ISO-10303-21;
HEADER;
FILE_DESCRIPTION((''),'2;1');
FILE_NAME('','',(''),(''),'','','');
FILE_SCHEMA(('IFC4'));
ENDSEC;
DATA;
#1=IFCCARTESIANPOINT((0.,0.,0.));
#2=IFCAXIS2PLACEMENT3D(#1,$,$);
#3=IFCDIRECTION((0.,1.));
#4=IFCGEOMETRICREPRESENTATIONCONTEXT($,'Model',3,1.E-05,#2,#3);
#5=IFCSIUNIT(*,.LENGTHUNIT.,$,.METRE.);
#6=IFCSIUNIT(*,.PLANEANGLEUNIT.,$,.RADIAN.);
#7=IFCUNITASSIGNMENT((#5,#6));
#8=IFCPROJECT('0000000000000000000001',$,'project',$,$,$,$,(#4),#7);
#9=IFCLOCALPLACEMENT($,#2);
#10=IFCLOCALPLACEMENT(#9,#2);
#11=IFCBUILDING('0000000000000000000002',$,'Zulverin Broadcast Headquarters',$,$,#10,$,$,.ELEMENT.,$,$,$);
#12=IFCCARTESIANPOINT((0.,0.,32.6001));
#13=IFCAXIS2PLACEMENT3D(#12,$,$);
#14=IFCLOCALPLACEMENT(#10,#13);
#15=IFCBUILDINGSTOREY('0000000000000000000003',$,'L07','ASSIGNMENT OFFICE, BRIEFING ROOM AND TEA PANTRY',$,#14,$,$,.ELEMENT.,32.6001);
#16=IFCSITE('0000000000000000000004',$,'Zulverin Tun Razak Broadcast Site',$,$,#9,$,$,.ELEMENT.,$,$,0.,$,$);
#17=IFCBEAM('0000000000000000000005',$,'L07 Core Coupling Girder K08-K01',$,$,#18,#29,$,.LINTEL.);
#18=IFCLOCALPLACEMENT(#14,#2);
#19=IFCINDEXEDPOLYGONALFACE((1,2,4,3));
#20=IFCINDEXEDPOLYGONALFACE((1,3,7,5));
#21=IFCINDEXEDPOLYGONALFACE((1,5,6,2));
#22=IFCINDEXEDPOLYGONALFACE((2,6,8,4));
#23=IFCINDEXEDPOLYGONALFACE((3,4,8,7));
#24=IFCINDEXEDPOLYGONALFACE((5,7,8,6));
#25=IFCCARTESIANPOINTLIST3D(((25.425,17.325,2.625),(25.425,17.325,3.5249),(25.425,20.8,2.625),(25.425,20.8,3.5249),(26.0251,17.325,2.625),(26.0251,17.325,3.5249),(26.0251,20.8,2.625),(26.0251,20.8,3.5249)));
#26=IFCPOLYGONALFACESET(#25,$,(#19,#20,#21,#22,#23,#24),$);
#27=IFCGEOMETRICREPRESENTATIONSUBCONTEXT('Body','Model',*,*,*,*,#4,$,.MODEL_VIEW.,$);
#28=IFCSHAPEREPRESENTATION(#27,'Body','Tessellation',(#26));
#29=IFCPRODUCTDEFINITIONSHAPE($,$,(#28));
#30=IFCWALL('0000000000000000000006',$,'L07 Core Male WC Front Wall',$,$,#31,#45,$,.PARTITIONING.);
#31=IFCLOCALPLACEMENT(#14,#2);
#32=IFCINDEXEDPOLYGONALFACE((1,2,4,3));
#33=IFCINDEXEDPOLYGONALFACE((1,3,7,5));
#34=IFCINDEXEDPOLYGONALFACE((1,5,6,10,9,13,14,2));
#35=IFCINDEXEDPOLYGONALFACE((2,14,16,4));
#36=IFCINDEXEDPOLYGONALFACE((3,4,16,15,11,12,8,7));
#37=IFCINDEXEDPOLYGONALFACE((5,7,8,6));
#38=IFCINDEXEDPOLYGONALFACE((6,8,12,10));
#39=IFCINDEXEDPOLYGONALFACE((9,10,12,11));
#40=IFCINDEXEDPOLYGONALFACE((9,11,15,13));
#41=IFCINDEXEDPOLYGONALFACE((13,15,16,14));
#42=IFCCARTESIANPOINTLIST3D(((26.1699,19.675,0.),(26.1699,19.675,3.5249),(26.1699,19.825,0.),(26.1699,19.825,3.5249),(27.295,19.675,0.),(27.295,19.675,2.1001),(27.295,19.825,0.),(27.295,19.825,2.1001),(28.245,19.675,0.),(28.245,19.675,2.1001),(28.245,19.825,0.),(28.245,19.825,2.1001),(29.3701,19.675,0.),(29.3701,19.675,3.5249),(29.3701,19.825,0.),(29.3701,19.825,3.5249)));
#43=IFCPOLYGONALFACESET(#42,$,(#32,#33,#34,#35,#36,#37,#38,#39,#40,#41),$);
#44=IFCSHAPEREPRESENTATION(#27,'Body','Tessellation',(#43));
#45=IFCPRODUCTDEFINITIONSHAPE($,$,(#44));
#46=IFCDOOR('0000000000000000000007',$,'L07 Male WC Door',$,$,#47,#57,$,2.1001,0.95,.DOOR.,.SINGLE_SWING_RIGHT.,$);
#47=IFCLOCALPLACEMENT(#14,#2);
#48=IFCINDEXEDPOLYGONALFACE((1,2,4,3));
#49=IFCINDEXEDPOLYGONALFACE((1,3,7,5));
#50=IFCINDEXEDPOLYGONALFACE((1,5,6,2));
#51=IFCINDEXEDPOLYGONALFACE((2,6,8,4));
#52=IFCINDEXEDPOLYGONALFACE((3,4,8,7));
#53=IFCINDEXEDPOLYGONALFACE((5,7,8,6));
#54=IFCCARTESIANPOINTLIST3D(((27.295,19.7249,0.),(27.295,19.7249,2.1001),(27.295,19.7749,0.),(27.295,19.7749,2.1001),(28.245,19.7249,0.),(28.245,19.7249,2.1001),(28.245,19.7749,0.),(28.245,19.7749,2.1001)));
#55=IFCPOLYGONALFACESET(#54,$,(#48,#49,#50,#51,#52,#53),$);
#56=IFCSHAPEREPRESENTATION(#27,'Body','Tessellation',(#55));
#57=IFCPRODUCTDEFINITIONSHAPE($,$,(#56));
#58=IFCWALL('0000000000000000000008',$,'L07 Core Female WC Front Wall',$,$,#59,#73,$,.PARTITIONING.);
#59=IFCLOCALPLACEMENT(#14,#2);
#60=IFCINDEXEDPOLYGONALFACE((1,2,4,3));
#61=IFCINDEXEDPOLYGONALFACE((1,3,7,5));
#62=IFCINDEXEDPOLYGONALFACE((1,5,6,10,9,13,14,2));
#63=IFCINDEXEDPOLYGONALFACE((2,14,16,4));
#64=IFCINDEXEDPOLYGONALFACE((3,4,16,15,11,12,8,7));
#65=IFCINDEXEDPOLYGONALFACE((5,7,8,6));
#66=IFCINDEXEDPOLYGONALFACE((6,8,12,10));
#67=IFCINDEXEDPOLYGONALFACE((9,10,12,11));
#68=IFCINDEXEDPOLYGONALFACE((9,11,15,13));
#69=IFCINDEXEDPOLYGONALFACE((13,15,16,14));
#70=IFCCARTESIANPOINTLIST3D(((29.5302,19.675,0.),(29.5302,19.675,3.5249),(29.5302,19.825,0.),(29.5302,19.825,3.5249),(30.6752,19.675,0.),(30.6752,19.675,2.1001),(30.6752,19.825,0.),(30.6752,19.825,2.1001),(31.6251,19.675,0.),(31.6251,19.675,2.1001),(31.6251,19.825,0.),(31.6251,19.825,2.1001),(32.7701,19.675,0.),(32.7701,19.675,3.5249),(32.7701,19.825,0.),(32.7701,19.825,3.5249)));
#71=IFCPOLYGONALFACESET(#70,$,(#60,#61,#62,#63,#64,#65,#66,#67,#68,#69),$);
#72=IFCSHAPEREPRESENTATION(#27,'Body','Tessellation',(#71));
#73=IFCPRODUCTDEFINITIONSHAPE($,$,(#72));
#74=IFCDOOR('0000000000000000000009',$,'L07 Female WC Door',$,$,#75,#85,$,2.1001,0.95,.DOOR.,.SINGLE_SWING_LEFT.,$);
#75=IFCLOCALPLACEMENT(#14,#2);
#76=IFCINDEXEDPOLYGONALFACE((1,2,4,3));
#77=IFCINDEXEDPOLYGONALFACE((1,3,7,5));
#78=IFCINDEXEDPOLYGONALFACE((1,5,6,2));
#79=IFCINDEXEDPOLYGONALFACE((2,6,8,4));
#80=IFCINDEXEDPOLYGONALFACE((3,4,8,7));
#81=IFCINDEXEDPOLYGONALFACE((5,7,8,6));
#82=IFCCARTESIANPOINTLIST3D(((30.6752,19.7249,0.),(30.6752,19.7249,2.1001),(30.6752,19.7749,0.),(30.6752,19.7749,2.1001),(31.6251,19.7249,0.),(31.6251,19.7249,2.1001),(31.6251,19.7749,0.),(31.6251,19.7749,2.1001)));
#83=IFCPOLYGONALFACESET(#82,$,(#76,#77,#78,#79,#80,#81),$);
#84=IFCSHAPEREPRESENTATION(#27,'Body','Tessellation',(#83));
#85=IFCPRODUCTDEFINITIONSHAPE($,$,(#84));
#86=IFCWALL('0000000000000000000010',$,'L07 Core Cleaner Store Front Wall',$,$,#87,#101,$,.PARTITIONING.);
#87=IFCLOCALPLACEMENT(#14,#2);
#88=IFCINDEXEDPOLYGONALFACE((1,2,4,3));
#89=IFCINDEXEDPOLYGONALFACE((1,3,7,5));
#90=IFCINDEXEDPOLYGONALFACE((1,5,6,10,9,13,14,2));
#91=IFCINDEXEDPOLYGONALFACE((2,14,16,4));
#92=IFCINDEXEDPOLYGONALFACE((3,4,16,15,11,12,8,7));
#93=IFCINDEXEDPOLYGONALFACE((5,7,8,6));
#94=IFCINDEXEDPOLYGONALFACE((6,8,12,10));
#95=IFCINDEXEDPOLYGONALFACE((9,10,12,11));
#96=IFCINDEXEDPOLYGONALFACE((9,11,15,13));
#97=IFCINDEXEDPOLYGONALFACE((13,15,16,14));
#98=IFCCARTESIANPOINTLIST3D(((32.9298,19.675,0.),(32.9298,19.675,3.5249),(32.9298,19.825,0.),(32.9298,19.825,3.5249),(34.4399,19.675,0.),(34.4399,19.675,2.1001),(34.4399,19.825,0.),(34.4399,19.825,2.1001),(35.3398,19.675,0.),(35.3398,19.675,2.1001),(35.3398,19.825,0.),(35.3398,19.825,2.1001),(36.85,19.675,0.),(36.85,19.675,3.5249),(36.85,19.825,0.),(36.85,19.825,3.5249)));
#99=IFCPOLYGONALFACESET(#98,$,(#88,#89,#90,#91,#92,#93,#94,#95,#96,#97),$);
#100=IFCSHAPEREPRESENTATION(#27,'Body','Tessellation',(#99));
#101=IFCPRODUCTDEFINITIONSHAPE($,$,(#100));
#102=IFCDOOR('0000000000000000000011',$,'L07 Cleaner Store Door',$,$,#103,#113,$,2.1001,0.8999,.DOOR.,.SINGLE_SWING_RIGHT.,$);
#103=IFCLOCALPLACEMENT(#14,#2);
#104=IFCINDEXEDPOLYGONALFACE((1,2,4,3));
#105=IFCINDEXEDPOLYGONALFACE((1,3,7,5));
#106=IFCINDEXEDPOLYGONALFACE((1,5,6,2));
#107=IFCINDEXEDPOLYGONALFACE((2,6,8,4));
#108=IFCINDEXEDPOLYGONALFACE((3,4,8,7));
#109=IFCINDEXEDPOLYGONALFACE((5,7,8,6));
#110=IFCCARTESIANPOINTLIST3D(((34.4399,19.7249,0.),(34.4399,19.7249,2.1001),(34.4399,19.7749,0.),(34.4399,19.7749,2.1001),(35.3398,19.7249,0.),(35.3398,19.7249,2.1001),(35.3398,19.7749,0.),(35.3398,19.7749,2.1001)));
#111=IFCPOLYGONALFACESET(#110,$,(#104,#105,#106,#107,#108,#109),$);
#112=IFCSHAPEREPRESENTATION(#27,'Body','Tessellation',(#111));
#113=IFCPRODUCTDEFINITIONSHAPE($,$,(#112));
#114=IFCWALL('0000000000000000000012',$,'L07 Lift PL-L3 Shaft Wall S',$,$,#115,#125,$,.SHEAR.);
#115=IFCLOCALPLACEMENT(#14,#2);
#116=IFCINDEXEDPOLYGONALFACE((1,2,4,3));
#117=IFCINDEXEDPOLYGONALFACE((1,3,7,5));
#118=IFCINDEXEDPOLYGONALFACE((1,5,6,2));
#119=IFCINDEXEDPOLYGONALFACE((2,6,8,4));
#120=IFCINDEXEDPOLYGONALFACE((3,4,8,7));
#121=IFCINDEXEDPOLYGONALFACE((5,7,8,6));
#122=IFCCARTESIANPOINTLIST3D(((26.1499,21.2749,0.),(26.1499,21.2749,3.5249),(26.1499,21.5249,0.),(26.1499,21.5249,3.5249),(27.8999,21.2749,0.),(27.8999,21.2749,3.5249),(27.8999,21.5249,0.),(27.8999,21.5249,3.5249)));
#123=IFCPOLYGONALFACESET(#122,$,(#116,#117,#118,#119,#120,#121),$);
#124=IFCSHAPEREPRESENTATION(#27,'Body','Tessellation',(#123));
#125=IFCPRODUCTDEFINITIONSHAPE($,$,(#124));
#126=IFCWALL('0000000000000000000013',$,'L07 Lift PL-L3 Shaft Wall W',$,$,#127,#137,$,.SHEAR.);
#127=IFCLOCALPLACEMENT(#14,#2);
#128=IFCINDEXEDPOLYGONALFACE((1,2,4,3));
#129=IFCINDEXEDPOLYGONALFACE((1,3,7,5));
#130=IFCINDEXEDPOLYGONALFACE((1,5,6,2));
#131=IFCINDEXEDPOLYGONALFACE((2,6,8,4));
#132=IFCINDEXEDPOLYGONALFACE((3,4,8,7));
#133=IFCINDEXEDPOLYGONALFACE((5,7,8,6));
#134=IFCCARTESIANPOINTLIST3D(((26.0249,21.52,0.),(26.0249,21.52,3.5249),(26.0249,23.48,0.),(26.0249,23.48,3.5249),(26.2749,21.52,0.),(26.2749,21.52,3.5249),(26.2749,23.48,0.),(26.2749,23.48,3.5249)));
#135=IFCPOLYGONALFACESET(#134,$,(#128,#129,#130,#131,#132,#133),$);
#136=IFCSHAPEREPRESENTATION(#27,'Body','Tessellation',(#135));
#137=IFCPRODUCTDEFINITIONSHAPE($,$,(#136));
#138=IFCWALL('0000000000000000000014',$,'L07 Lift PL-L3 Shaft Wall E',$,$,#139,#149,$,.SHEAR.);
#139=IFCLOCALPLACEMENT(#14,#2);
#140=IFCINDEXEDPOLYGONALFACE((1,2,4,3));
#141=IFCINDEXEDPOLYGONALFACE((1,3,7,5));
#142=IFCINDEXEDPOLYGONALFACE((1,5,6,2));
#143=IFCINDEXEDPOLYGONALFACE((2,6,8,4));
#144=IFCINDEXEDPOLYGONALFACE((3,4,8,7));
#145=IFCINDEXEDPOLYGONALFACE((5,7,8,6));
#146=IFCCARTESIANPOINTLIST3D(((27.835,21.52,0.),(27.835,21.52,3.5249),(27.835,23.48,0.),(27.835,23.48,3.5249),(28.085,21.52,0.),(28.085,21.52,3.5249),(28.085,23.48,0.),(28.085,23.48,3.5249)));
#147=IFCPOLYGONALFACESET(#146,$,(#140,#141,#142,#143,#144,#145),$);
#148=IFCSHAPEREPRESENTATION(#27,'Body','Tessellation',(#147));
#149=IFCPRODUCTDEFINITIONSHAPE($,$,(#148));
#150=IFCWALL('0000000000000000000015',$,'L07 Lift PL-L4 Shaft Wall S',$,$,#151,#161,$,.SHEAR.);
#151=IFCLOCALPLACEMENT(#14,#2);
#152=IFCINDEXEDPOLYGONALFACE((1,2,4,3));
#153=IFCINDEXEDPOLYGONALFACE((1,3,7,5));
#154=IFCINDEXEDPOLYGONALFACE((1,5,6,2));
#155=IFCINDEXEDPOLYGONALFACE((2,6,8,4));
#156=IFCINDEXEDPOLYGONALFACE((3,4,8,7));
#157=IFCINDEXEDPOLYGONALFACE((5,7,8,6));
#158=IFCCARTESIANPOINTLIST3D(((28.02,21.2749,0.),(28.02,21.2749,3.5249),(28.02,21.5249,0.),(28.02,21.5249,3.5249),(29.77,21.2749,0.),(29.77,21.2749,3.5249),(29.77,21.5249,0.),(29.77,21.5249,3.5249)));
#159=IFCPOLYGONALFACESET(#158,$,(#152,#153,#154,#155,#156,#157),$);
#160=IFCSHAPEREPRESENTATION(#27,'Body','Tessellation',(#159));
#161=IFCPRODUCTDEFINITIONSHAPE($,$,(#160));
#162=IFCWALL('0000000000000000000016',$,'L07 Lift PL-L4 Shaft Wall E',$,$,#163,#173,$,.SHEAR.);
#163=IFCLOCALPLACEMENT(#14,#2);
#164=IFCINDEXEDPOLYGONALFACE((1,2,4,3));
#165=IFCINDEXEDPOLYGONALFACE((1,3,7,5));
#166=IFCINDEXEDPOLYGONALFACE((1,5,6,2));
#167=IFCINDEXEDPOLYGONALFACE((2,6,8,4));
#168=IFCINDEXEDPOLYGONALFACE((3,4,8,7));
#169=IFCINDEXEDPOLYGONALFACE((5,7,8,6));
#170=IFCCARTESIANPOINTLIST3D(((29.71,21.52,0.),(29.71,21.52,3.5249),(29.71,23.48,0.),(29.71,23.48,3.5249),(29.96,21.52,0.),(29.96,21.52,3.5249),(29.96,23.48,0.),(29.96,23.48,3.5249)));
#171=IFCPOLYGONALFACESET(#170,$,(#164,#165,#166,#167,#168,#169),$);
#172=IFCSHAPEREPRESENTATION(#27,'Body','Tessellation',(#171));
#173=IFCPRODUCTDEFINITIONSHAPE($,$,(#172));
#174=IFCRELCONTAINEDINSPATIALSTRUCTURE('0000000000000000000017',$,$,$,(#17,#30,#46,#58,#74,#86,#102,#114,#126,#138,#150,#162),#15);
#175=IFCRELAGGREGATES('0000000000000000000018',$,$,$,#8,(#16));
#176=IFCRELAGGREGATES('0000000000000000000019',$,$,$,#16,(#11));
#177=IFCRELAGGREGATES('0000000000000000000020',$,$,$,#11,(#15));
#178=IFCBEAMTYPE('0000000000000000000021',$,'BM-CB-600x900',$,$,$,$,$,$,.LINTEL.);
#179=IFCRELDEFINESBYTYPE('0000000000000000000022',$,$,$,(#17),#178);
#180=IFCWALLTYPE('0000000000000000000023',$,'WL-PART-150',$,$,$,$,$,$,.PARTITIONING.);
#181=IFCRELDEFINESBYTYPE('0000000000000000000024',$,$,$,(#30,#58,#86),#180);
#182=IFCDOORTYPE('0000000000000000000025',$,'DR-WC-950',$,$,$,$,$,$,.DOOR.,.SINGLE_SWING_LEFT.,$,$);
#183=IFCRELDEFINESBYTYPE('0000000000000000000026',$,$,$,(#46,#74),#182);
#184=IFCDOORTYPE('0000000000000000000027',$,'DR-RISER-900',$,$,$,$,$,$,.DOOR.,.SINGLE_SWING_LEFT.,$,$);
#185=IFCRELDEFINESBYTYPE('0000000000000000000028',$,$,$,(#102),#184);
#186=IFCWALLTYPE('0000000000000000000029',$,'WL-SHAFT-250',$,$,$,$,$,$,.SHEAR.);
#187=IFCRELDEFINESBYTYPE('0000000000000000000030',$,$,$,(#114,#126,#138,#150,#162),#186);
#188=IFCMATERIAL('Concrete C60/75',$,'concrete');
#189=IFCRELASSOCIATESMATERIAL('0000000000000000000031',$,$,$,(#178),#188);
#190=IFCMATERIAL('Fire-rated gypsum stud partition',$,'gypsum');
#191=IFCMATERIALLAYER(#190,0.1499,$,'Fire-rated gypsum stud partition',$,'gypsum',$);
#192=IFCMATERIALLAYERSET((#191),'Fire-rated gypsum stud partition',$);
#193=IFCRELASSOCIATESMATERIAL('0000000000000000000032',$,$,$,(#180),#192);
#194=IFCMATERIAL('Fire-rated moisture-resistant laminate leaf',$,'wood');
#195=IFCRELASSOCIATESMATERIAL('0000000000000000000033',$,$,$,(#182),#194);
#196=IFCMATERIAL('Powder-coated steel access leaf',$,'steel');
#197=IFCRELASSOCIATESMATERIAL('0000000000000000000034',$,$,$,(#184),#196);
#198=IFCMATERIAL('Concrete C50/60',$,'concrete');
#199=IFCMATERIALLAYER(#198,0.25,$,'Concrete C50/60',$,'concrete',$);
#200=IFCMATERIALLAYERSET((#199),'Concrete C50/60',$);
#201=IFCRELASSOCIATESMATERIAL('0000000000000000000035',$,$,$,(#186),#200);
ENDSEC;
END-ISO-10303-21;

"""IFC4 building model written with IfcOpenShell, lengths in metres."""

from ifc_helpers import new_model, si_unit, direction, frame, frame_2d, origin, origin_2d, place, context, subcontext, project, spatial, rectangle, extrude, material, layer, layer_set, material_profile, profile_set, type_object, element, fill, save


model = new_model("IFC4")

# Units and contexts
model_context = context("Model", 3, precision=1e-05, world=origin(), true_north=direction((0.0, 1.0)))
body_context = subcontext(model_context, "Body", "Model", "MODEL_VIEW")
ifc_project = project(units=[si_unit("LENGTHUNIT", "METRE"), si_unit("PLANEANGLEUNIT", "RADIAN")], contexts=[model_context])

# Site, building, storey
site_placement = place(None, origin())
site = spatial("IfcSite", under=ifc_project, at=site_placement, Name="Zulverin Tun Razak Broadcast Site", CompositionType="ELEMENT", RefElevation=0.0)
building_placement = place(site_placement, origin())
building = spatial("IfcBuilding", under=site, at=building_placement, Name="Zulverin Broadcast Headquarters", CompositionType="ELEMENT")
storey_placement = place(building_placement, frame((0.0, 0.0, 32.6001)))
storey = spatial("IfcBuildingStorey", under=building, at=storey_placement, Name="L07", Description="ASSIGNMENT OFFICE, BRIEFING ROOM AND TEA PANTRY", CompositionType="ELEMENT", Elevation=32.6001)

# Beam
ifc_material_1 = material(Name="Concrete C60/75", Category="concrete")
ifc_material_profile = material_profile(ifc_material_1, rectangle(XDim=0.6001, YDim=0.8999, at=origin_2d()), Name="Concrete C60/75", Category="concrete")
ifc_profile_set = profile_set([ifc_material_profile], Name="Concrete C60/75")
beam_type = type_object("IfcBeamType", Name="BM-CB-600x900", PredefinedType="LINTEL", material=ifc_profile_set)
beam_placement = place(storey_placement, frame((25.7251, 20.8, 3.075), z_axis=(0.0, -1.0, 0.0), x_axis=(1.0, 0.0, 0.0)))
element("IfcBeam", 1, at=beam_placement, inside=storey, type_object=beam_type, Name="L07 Core Coupling Girder K08-K01", PredefinedType="LINTEL", context=body_context, shape_type="SweptSolid", body=[
    extrude(rectangle(XDim=0.6001, YDim=0.8999, at=origin_2d()), origin(), (0.0, 0.0, 1.0), 3.4751),
])

# Walls, openings, doors
ifc_material_2 = material(Name="Fire-rated gypsum stud partition", Category="gypsum")
ifc_layer_1 = layer(ifc_material_2, 0.1499, Name="Fire-rated gypsum stud partition", Category="gypsum")
ifc_layer_set_1 = layer_set([ifc_layer_1], Name="Fire-rated gypsum stud partition")
wall_type_1 = type_object("IfcWallType", Name="WL-PART-150", PredefinedType="PARTITIONING", material=ifc_layer_set_1)
wall_1_placement = place(storey_placement, frame((26.1699, 19.75, 0.0), z_axis=(0.0, 0.0, 1.0), x_axis=(1.0, 0.0, 0.0)))
wall_1 = element("IfcWall", 2, at=wall_1_placement, inside=storey, type_object=wall_type_1, Name="L07 Core Male WC Front Wall", PredefinedType="PARTITIONING", context=body_context, shape_type="SweptSolid", body=[
    extrude(rectangle(XDim=3.2002, YDim=0.1499, at=frame_2d((1.6001, 0.0))), origin(), (0.0, 0.0, 1.0), 3.5249),
])
opening_1_placement = place(wall_1_placement, frame((1.125, 0.0, 0.0)))
opening_1 = element("IfcOpeningElement", 3, at=opening_1_placement, cuts=wall_1, PredefinedType="OPENING", context=body_context, shape_type="SweptSolid", body=[
    extrude(rectangle(XDim=0.95, YDim=2.1001, at=frame_2d((0.4751, 1.05))), frame((0.0, 0.085, 0.0), z_axis=(0.0, -1.0, 0.0), x_axis=(1.0, 0.0, 0.0)), (0.0, 0.0, 1.0), 0.1699),
])
ifc_material_3 = material(Name="Fire-rated moisture-resistant laminate leaf", Category="wood")
door_type_1 = type_object("IfcDoorType", Name="DR-WC-950", OperationType="SINGLE_SWING_LEFT", PredefinedType="DOOR", material=ifc_material_3)
door_1_placement = place(opening_1_placement, origin())
door_1 = element("IfcDoor", 4, at=door_1_placement, inside=storey, type_object=door_type_1, Name="L07 Male WC Door", OperationType="SINGLE_SWING_RIGHT", OverallHeight=2.1001, OverallWidth=0.95, PredefinedType="DOOR", context=body_context, shape_type="SweptSolid", body=[
    extrude(rectangle(XDim=0.95, YDim=2.1001, at=frame_2d((0.4751, 1.05))), frame((0.0, 0.0249, 0.0), z_axis=(0.0, -1.0, 0.0), x_axis=(1.0, 0.0, 0.0)), (0.0, 0.0, 1.0), 0.05),
])
fill(opening_1, door_1)
wall_2_placement = place(storey_placement, frame((29.53, 19.75, 0.0), z_axis=(0.0, 0.0, 1.0), x_axis=(1.0, 0.0, 0.0)))
wall_2 = element("IfcWall", 5, at=wall_2_placement, inside=storey, type_object=wall_type_1, Name="L07 Core Female WC Front Wall", PredefinedType="PARTITIONING", context=body_context, shape_type="SweptSolid", body=[
    extrude(rectangle(XDim=3.24, YDim=0.1499, at=frame_2d((1.6201, 0.0))), origin(), (0.0, 0.0, 1.0), 3.5249),
])
opening_2_placement = place(wall_2_placement, frame((1.145, 0.0, 0.0)))
opening_2 = element("IfcOpeningElement", 6, at=opening_2_placement, cuts=wall_2, PredefinedType="OPENING", context=body_context, shape_type="SweptSolid", body=[
    extrude(rectangle(XDim=0.95, YDim=2.1001, at=frame_2d((0.4751, 1.05))), frame((0.0, 0.085, 0.0), z_axis=(0.0, -1.0, 0.0), x_axis=(1.0, 0.0, 0.0)), (0.0, 0.0, 1.0), 0.1699),
])
door_2_placement = place(opening_2_placement, origin())
door_2 = element("IfcDoor", 7, at=door_2_placement, inside=storey, type_object=door_type_1, Name="L07 Female WC Door", OperationType="SINGLE_SWING_LEFT", OverallHeight=2.1001, OverallWidth=0.95, PredefinedType="DOOR", context=body_context, shape_type="SweptSolid", body=[
    extrude(rectangle(XDim=0.95, YDim=2.1001, at=frame_2d((0.4751, 1.05))), frame((0.0, 0.0249, 0.0), z_axis=(0.0, -1.0, 0.0), x_axis=(1.0, 0.0, 0.0)), (0.0, 0.0, 1.0), 0.05),
])
fill(opening_2, door_2)
wall_3_placement = place(storey_placement, frame((32.9299, 19.75, 0.0), z_axis=(0.0, 0.0, 1.0), x_axis=(1.0, 0.0, 0.0)))
wall_3 = element("IfcWall", 8, at=wall_3_placement, inside=storey, type_object=wall_type_1, Name="L07 Core Cleaner Store Front Wall", PredefinedType="PARTITIONING", context=body_context, shape_type="SweptSolid", body=[
    extrude(rectangle(XDim=3.9202, YDim=0.1499, at=frame_2d((1.96, 0.0))), origin(), (0.0, 0.0, 1.0), 3.5249),
])
opening_3_placement = place(wall_3_placement, frame((1.51, 0.0, 0.0)))
opening_3 = element("IfcOpeningElement", 9, at=opening_3_placement, cuts=wall_3, PredefinedType="OPENING", context=body_context, shape_type="SweptSolid", body=[
    extrude(rectangle(XDim=0.8999, YDim=2.1001, at=frame_2d((0.45, 1.05))), frame((0.0, 0.085, 0.0), z_axis=(0.0, -1.0, 0.0), x_axis=(1.0, 0.0, 0.0)), (0.0, 0.0, 1.0), 0.1699),
])
ifc_material_4 = material(Name="Powder-coated steel access leaf", Category="steel")
door_type_2 = type_object("IfcDoorType", Name="DR-RISER-900", OperationType="SINGLE_SWING_LEFT", PredefinedType="DOOR", material=ifc_material_4)
door_3_placement = place(opening_3_placement, origin())
door_3 = element("IfcDoor", 10, at=door_3_placement, inside=storey, type_object=door_type_2, Name="L07 Cleaner Store Door", OperationType="SINGLE_SWING_RIGHT", OverallHeight=2.1001, OverallWidth=0.8999, PredefinedType="DOOR", context=body_context, shape_type="SweptSolid", body=[
    extrude(rectangle(XDim=0.8999, YDim=2.1001, at=frame_2d((0.45, 1.05))), frame((0.0, 0.0249, 0.0), z_axis=(0.0, -1.0, 0.0), x_axis=(1.0, 0.0, 0.0)), (0.0, 0.0, 1.0), 0.05),
])
fill(opening_3, door_3)

# Wall
ifc_material_5 = material(Name="Concrete C50/60", Category="concrete")
ifc_layer_2 = layer(ifc_material_5, 0.25, Name="Concrete C50/60", Category="concrete")
ifc_layer_set_2 = layer_set([ifc_layer_2], Name="Concrete C50/60")
wall_type_2 = type_object("IfcWallType", Name="WL-SHAFT-250", PredefinedType="SHEAR", material=ifc_layer_set_2)
wall_4_placement = place(storey_placement, frame((26.1499, 21.3999, 0.0), z_axis=(0.0, 0.0, 1.0), x_axis=(1.0, 0.0, 0.0)))
element("IfcWall", 11, at=wall_4_placement, inside=storey, type_object=wall_type_2, Name="L07 Lift PL-L3 Shaft Wall S", PredefinedType="SHEAR", context=body_context, shape_type="SweptSolid", body=[
    extrude(rectangle(XDim=1.75, YDim=0.25, at=frame_2d((0.875, 0.0))), origin(), (0.0, 0.0, 1.0), 3.5249),
])

# Walls
for number, where, z_axis, x_axis, name in (
    (12, (26.1499, 21.52, 0.0), (0.0, 0.0, 1.0), (0.0, 1.0, 0.0), "L07 Lift PL-L3 Shaft Wall W"),
    (13, (27.96, 21.52, 0.0), (0.0, 0.0, 1.0), (0.0, 1.0, 0.0), "L07 Lift PL-L3 Shaft Wall E"),
):
    element("IfcWall", number, at=place(storey_placement, frame(where, z_axis=z_axis, x_axis=x_axis)), inside=storey, type_object=wall_type_2, Name=name, PredefinedType="SHEAR", context=body_context, shape_type="SweptSolid", body=[
        extrude(rectangle(XDim=1.96, YDim=0.25, at=frame_2d((0.98, 0.0))), origin(), (0.0, 0.0, 1.0), 3.5249),
    ])
wall_5_placement = place(storey_placement, frame((28.02, 21.3999, 0.0), z_axis=(0.0, 0.0, 1.0), x_axis=(1.0, 0.0, 0.0)))
element("IfcWall", 14, at=wall_5_placement, inside=storey, type_object=wall_type_2, Name="L07 Lift PL-L4 Shaft Wall S", PredefinedType="SHEAR", context=body_context, shape_type="SweptSolid", body=[
    extrude(rectangle(XDim=1.75, YDim=0.25, at=frame_2d((0.875, 0.0))), origin(), (0.0, 0.0, 1.0), 3.5249),
])
wall_6_placement = place(storey_placement, frame((29.835, 21.52, 0.0), z_axis=(0.0, 0.0, 1.0), x_axis=(0.0, 1.0, 0.0)))
element("IfcWall", 15, at=wall_6_placement, inside=storey, type_object=wall_type_2, Name="L07 Lift PL-L4 Shaft Wall E", PredefinedType="SHEAR", context=body_context, shape_type="SweptSolid", body=[
    extrude(rectangle(XDim=1.96, YDim=0.25, at=frame_2d((0.98, 0.0))), origin(), (0.0, 0.0, 1.0), 3.5249),
])

save(model, "model.ifc")
